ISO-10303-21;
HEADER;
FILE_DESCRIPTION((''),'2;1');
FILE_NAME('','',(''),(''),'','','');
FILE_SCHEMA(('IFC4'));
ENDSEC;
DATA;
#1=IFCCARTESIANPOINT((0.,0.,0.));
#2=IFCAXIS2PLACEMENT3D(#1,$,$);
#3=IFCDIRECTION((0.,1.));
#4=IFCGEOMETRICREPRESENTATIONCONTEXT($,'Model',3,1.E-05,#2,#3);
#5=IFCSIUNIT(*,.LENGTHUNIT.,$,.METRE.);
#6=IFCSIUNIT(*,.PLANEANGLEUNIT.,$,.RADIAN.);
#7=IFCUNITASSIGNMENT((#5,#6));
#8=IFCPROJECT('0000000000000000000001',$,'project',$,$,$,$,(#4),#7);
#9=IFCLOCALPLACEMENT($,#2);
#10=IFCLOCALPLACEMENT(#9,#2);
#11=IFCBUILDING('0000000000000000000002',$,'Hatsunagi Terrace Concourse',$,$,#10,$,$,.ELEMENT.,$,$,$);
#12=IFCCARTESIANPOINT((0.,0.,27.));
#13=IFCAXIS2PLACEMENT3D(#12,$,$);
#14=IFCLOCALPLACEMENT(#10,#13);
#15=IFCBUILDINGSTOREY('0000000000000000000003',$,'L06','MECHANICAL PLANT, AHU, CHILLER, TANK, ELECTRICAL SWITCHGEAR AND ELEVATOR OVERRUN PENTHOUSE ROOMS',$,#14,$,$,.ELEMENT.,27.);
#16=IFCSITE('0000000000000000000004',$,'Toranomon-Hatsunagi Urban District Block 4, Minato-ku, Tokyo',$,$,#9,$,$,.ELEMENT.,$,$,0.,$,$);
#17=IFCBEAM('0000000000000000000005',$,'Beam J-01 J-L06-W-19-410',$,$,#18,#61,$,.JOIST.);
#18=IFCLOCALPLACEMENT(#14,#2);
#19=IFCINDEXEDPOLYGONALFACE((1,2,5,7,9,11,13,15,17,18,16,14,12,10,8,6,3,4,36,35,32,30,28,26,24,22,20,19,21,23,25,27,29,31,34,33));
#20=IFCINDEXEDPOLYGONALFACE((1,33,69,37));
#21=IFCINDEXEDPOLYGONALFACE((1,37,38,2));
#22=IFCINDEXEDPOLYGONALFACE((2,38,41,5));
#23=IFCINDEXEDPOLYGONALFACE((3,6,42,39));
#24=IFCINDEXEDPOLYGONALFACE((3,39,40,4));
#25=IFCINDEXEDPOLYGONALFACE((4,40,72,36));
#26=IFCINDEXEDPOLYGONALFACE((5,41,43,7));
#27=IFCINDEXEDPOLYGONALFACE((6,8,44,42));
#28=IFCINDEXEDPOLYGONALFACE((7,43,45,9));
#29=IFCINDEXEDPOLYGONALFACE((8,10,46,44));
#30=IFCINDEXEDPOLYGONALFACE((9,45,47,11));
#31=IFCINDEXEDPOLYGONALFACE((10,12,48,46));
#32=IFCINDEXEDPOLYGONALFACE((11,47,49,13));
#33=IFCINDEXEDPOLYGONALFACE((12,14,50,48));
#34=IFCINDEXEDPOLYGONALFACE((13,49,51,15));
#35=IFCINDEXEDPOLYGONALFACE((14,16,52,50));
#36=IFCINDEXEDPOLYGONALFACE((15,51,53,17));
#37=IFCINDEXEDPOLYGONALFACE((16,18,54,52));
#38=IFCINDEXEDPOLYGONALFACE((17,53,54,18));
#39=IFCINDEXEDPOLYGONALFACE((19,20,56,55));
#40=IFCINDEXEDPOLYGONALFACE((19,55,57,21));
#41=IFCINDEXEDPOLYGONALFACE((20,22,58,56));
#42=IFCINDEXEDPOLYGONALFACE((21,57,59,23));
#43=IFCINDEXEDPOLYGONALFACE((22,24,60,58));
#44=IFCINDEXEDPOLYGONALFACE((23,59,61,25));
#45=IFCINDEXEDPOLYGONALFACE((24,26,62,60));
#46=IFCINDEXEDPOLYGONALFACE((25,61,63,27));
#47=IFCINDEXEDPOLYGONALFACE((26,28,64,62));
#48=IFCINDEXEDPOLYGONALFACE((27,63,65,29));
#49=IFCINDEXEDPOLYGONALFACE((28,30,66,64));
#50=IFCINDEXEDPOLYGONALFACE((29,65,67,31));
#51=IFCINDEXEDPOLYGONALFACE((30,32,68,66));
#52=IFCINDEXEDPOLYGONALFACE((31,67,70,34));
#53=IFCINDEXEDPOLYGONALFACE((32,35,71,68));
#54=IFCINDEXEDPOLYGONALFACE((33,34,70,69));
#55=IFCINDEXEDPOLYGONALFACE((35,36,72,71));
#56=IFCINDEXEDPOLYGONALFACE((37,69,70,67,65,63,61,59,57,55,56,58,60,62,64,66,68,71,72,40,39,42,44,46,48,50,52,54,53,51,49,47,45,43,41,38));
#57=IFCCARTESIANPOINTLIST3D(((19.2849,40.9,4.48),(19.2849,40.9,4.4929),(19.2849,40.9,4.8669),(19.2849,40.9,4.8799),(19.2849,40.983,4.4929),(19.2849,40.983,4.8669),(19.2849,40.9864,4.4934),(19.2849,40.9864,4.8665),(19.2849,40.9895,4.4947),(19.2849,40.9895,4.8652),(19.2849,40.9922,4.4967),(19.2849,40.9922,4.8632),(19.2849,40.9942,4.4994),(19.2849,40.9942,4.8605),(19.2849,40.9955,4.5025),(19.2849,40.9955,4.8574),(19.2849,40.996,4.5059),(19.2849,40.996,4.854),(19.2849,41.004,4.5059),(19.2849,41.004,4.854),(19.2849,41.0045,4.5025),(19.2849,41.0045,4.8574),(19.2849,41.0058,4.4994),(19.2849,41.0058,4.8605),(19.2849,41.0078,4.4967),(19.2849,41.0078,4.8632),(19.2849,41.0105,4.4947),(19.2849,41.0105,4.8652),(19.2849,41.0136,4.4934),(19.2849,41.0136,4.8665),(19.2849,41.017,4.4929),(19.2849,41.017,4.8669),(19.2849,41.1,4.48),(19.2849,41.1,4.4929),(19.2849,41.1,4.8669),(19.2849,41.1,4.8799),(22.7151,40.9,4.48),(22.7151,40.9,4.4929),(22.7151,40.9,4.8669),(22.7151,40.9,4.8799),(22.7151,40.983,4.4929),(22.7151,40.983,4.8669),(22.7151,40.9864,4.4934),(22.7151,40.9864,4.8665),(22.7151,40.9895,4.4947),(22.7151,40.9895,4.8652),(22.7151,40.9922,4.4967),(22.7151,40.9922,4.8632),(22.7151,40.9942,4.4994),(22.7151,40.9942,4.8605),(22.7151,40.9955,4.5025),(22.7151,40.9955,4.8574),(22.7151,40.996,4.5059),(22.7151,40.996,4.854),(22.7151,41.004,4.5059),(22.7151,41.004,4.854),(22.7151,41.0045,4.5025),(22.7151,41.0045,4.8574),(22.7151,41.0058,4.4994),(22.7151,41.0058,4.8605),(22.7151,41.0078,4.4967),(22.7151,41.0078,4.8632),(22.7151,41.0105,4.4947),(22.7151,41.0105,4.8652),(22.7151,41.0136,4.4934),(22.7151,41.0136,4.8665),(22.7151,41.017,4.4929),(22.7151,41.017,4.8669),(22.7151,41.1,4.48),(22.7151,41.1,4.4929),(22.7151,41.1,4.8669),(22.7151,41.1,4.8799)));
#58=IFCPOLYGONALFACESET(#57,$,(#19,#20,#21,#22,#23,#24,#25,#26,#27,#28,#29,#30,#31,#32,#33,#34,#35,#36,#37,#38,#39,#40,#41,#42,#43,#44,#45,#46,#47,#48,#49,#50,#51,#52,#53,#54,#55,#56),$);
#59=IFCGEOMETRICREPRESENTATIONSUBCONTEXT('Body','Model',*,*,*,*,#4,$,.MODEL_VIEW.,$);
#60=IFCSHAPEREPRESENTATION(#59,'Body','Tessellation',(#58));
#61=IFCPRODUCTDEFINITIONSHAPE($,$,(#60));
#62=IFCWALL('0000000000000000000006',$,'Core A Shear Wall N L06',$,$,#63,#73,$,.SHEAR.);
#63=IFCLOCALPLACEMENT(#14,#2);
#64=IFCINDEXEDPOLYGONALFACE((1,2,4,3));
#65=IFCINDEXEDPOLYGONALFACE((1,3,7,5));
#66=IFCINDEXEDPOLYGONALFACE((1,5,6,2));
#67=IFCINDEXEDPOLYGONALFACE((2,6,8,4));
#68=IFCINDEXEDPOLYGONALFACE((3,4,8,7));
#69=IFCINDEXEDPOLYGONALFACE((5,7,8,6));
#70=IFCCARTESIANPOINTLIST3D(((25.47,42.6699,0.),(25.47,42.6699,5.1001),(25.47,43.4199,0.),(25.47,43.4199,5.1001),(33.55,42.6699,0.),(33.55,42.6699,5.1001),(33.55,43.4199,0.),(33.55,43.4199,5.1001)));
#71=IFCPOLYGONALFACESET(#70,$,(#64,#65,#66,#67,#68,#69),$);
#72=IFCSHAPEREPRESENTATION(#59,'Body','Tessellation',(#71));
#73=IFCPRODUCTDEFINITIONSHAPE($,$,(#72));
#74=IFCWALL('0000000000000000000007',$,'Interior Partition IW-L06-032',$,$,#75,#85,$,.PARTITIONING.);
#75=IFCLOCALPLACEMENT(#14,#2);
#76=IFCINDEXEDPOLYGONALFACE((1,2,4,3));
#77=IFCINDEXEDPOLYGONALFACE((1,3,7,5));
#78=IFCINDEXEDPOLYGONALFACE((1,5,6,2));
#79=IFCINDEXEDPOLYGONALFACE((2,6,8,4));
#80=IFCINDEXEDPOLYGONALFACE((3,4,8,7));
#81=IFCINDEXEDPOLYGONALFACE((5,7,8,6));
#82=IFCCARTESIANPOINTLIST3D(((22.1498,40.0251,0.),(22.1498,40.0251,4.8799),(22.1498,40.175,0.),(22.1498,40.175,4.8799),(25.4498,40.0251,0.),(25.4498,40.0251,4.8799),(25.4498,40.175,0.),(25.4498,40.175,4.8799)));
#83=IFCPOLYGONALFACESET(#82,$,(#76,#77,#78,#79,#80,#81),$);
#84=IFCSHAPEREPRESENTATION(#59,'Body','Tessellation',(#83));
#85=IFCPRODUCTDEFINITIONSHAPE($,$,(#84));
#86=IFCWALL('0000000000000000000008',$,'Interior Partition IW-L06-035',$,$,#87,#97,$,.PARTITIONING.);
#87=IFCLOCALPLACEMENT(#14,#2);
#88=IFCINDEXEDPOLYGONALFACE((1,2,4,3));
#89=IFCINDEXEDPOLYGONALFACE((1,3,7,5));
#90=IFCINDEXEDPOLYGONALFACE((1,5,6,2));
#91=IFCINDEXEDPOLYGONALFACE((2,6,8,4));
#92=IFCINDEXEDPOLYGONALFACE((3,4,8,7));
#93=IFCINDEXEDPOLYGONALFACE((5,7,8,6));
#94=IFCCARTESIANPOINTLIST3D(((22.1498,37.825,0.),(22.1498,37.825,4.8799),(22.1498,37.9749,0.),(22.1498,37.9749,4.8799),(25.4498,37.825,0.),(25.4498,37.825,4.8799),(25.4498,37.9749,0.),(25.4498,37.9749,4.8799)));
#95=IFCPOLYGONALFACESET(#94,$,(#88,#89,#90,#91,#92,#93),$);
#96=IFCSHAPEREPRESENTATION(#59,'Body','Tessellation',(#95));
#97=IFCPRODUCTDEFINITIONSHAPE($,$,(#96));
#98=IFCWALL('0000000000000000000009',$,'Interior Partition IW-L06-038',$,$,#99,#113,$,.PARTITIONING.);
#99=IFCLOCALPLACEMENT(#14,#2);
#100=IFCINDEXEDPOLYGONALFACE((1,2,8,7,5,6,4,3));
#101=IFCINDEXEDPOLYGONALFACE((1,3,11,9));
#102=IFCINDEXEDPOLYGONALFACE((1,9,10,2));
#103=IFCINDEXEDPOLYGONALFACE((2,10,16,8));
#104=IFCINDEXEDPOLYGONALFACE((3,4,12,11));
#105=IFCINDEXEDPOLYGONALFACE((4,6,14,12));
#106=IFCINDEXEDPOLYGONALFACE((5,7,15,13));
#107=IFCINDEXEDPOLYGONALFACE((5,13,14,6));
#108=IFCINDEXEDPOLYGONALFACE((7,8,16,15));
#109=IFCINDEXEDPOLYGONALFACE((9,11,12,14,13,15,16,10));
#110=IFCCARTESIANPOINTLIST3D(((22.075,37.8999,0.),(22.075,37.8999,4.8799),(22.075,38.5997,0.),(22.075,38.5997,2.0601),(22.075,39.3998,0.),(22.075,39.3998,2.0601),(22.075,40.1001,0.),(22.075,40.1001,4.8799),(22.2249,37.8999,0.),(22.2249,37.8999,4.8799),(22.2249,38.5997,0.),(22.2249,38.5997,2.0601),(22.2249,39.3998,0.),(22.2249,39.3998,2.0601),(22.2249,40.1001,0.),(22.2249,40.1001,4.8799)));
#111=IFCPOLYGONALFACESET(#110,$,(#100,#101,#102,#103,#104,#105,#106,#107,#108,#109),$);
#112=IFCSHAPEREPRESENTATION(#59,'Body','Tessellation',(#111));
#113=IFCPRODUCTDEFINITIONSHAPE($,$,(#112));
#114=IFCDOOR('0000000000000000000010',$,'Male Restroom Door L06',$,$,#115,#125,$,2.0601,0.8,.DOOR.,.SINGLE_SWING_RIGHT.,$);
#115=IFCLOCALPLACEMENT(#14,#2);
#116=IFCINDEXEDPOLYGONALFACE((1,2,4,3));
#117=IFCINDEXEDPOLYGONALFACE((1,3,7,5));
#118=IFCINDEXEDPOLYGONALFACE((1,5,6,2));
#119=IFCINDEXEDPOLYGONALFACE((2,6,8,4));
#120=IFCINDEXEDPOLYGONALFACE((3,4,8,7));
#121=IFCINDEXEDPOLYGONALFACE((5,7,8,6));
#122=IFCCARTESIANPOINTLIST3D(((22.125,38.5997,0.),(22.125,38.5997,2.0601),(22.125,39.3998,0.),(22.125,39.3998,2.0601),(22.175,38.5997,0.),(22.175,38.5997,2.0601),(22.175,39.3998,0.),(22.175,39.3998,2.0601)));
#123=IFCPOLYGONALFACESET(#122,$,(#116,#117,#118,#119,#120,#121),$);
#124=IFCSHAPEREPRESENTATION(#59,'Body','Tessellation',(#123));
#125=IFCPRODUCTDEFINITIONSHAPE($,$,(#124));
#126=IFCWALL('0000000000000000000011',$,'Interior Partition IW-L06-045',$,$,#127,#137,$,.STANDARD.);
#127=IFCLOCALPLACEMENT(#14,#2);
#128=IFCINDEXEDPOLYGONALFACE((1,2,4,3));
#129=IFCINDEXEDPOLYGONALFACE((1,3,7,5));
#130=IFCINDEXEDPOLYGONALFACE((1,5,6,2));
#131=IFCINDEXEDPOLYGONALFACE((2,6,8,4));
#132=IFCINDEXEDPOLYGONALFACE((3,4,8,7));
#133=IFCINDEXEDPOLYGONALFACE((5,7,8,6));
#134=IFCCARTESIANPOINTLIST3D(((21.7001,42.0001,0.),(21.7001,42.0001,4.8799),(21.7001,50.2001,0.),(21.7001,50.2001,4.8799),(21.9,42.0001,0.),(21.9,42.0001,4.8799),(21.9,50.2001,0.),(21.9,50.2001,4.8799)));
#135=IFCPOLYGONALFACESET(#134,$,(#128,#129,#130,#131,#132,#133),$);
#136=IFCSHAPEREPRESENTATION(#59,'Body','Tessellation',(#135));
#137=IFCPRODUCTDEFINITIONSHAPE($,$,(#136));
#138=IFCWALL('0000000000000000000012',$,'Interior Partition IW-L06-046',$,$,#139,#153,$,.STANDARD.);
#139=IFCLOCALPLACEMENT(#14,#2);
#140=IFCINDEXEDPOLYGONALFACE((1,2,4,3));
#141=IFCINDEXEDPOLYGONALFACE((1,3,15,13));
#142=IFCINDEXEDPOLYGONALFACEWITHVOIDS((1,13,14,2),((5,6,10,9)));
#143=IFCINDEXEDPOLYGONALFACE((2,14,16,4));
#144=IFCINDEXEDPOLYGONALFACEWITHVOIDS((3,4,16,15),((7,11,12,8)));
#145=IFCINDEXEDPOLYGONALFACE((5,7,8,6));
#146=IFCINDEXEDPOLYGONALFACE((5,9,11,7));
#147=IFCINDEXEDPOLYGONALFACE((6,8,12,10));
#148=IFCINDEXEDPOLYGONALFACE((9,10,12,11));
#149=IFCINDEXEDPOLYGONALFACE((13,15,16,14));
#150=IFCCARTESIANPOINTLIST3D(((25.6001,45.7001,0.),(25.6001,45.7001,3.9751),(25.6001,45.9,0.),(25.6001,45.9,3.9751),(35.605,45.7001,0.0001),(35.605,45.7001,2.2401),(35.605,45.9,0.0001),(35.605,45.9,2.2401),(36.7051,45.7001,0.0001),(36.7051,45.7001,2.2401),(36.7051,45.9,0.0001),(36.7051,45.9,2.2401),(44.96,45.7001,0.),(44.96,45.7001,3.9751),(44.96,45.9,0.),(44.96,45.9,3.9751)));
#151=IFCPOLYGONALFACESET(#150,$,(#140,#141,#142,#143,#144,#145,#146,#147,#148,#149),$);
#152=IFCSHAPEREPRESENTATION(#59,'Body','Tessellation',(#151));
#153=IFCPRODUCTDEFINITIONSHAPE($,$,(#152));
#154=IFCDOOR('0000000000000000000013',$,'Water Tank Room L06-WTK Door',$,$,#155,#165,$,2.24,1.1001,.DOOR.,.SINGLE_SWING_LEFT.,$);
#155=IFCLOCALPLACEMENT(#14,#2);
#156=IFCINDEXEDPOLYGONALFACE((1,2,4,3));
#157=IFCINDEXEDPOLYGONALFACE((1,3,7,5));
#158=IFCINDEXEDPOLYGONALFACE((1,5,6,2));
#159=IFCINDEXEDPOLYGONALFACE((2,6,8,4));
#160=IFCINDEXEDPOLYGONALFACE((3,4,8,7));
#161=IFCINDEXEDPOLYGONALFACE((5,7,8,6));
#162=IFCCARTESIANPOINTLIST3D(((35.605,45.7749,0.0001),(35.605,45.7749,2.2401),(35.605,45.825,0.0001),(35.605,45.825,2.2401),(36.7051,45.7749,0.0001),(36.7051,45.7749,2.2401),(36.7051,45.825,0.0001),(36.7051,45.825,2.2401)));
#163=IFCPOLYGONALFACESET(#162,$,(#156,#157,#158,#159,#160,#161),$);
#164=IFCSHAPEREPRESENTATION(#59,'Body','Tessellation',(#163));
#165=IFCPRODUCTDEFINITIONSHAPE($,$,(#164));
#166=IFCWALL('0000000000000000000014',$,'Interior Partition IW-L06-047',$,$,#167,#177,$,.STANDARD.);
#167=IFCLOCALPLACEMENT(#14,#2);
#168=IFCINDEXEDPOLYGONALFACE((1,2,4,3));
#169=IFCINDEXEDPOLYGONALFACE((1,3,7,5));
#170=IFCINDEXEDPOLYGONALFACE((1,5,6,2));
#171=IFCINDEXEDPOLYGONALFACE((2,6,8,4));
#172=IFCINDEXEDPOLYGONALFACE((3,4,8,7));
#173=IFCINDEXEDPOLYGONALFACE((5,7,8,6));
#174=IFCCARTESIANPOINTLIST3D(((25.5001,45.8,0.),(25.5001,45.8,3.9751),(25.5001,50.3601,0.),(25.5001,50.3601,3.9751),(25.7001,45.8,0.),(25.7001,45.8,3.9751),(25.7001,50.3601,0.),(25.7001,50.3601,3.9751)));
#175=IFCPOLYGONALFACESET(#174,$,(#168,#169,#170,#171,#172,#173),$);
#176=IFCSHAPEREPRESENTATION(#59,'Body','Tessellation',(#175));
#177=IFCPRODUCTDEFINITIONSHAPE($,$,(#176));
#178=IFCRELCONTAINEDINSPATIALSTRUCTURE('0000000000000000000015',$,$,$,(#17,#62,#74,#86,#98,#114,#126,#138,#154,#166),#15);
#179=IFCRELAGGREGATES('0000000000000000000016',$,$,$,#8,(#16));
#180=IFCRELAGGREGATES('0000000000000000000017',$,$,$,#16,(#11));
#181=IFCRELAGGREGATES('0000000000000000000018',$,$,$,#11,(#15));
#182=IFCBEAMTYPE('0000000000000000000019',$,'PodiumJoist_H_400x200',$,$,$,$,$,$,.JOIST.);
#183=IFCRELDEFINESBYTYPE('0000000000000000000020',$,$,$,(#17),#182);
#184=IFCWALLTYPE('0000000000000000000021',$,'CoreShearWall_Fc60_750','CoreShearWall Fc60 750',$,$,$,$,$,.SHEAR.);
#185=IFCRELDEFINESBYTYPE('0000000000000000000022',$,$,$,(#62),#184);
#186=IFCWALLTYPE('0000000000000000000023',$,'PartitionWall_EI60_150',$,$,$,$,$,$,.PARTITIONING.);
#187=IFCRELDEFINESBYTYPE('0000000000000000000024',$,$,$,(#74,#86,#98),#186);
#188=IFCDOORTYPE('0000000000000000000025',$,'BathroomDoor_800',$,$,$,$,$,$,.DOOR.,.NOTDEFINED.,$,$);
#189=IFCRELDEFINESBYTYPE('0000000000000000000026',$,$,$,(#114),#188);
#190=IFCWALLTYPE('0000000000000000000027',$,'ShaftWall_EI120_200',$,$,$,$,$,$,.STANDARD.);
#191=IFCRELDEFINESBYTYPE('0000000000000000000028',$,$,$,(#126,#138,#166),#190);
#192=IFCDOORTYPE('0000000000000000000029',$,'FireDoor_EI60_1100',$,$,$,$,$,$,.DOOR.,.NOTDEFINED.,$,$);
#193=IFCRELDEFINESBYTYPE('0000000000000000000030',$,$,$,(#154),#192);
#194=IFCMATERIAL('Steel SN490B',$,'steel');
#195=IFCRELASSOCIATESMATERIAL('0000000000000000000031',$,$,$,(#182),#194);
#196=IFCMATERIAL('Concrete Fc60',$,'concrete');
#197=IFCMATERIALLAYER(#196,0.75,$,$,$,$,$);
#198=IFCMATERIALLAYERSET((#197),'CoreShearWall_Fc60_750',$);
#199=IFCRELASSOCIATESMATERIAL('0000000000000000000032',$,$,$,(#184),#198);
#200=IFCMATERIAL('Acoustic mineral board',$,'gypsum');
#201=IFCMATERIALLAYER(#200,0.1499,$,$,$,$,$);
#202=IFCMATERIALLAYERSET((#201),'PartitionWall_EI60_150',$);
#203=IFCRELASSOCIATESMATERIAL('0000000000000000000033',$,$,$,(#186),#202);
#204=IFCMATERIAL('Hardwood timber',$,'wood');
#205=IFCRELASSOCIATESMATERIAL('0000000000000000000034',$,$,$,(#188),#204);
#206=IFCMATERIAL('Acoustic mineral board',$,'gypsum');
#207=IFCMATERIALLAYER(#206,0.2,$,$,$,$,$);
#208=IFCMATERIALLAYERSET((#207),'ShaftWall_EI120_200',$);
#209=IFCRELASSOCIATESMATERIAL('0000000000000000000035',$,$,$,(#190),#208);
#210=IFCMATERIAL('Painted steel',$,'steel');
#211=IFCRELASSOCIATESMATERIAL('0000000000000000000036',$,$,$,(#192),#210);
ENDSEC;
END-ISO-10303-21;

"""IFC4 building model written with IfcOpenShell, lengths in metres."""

from ifc_helpers import new_model, si_unit, direction, frame, frame_2d, origin, origin_2d, place, context, subcontext, project, spatial, rectangle, i_section, extrude, material, layer, layer_set, material_profile, profile_set, type_object, element, fill, save


model = new_model("IFC4")

# Units and contexts
model_context = context("Model", 3, precision=1e-05, world=origin(), true_north=direction((0.0, 1.0)))
body_context = subcontext(model_context, "Body", "Model", "MODEL_VIEW")
ifc_project = project(units=[si_unit("LENGTHUNIT", "METRE"), si_unit("PLANEANGLEUNIT", "RADIAN")], contexts=[model_context])

# Site, building, storey
site_placement = place(None, origin())
site = spatial("IfcSite", under=ifc_project, at=site_placement, Name="Toranomon-Hatsunagi Urban District Block 4, Minato-ku, Tokyo", CompositionType="ELEMENT", RefElevation=0.0)
building_placement = place(site_placement, origin())
building = spatial("IfcBuilding", under=site, at=building_placement, Name="Hatsunagi Terrace Concourse", CompositionType="ELEMENT")
storey_placement = place(building_placement, frame((0.0, 0.0, 27.0)))
storey = spatial("IfcBuildingStorey", under=building, at=storey_placement, Name="L06", Description="MECHANICAL PLANT, AHU, CHILLER, TANK, ELECTRICAL SWITCHGEAR AND ELEVATOR OVERRUN PENTHOUSE ROOMS", CompositionType="ELEMENT", Elevation=27.0)

# Beam
ifc_material_1 = material(Name="Steel SN490B", Category="steel")
ifc_material_profile_1 = material_profile(ifc_material_1, i_section(OverallWidth=0.2, OverallDepth=0.3999, WebThickness=0.0081, FlangeThickness=0.0129, FilletRadius=0.0129, at=origin_2d()), Name="H-400x200x8x13")
ifc_profile_set_1 = profile_set([ifc_material_profile_1], Name="Steel SN490B")
beam_type_1 = type_object("IfcBeamType", Name="PodiumJoist_H_400x200", PredefinedType="JOIST", material=ifc_profile_set_1)
for number, where, z_axis, x_axis, name in (
    (1, (19.2849, 41.0, 4.6799), (1.0, 0.0, 0.0), (0.0, 1.0, 0.0), "Beam J-01 J-L06-W-19-410"),
):
    element("IfcBeam", number, at=place(storey_placement, frame(where, z_axis=z_axis, x_axis=x_axis)), inside=storey, type_object=beam_type_1, Name=name, PredefinedType="JOIST", context=body_context, shape_type="SweptSolid", body=[
        extrude(i_section(OverallWidth=0.2, OverallDepth=0.3999, WebThickness=0.0081, FlangeThickness=0.0129, FilletRadius=0.0129, at=origin_2d()), origin(), (0.0, 0.0, 1.0), 3.4302),
    ])

# Walls
ifc_material_2 = material(Name="Concrete Fc60", Category="concrete")
ifc_layer_1 = layer(ifc_material_2, 0.75)
ifc_layer_set_1 = layer_set([ifc_layer_1], Name="CoreShearWall_Fc60_750")
wall_type_1 = type_object("IfcWallType", Name="CoreShearWall_Fc60_750", Description="CoreShearWall Fc60 750", PredefinedType="SHEAR", material=ifc_layer_set_1)
wall_1_placement = place(storey_placement, frame((25.47, 43.0449, 0.0), z_axis=(0.0, 0.0, 1.0), x_axis=(1.0, 0.0, 0.0)))
element("IfcWall", 2, at=wall_1_placement, inside=storey, type_object=wall_type_1, Name="Core A Shear Wall N L06", PredefinedType="SHEAR", context=body_context, shape_type="SweptSolid", body=[
    extrude(rectangle(XDim=8.0801, YDim=0.75, at=frame_2d((4.04, 0.0))), origin(), (0.0, 0.0, 1.0), 5.1001),
])
ifc_material_3 = material(Name="Acoustic mineral board", Category="gypsum")
ifc_layer_2 = layer(ifc_material_3, 0.1499)
ifc_layer_set_2 = layer_set([ifc_layer_2], Name="PartitionWall_EI60_150")
wall_type_2 = type_object("IfcWallType", Name="PartitionWall_EI60_150", PredefinedType="PARTITIONING", material=ifc_layer_set_2)
for number, where, z_axis, x_axis, name in (
    (3, (22.1499, 40.1001, 0.0), (0.0, 0.0, 1.0), (1.0, 0.0, 0.0), "Interior Partition IW-L06-032"),
    (4, (22.1499, 37.8999, 0.0), (0.0, 0.0, 1.0), (1.0, 0.0, 0.0), "Interior Partition IW-L06-035"),
):
    element("IfcWall", number, at=place(storey_placement, frame(where, z_axis=z_axis, x_axis=x_axis)), inside=storey, type_object=wall_type_2, Name=name, PredefinedType="PARTITIONING", context=body_context, shape_type="SweptSolid", body=[
        extrude(rectangle(XDim=3.3, YDim=0.1499, at=frame_2d((1.6499, 0.0))), origin(), (0.0, 0.0, 1.0), 4.8799),
    ])

# Wall, opening, door
wall_2_placement = place(storey_placement, frame((22.1499, 37.8999, 0.0), z_axis=(0.0, 0.0, 1.0), x_axis=(0.0, 1.0, 0.0)))
wall_2 = element("IfcWall", 5, at=wall_2_placement, inside=storey, type_object=wall_type_2, Name="Interior Partition IW-L06-038", PredefinedType="PARTITIONING", context=body_context, shape_type="SweptSolid", body=[
    extrude(rectangle(XDim=2.2002, YDim=0.1499, at=frame_2d((1.1001, 0.0))), origin(), (0.0, 0.0, 1.0), 4.8799),
])
opening_1_placement = place(wall_2_placement, frame((0.7, 0.0, 0.0)))
opening_1 = element("IfcOpeningElement", 6, at=opening_1_placement, cuts=wall_2, PredefinedType="OPENING", context=body_context, shape_type="SweptSolid", body=[
    extrude(rectangle(XDim=0.8, YDim=2.0601, at=frame_2d((0.3999, 1.03))), frame((0.0, 0.085, 0.0), z_axis=(0.0, -1.0, 0.0), x_axis=(1.0, 0.0, 0.0)), (0.0, 0.0, 1.0), 0.1699),
])
ifc_material_4 = material(Name="Hardwood timber", Category="wood")
door_type_1 = type_object("IfcDoorType", Name="BathroomDoor_800", OperationType="NOTDEFINED", PredefinedType="DOOR", material=ifc_material_4)
door_1_placement = place(opening_1_placement, origin())
door_1 = element("IfcDoor", 7, at=door_1_placement, inside=storey, type_object=door_type_1, Name="Male Restroom Door L06", OperationType="SINGLE_SWING_RIGHT", OverallHeight=2.0601, OverallWidth=0.8, PredefinedType="DOOR", context=body_context, shape_type="SweptSolid", body=[
    extrude(rectangle(XDim=0.8, YDim=2.0601, at=frame_2d((0.3999, 1.03))), frame((0.0, 0.0249, 0.0), z_axis=(0.0, -1.0, 0.0), x_axis=(1.0, 0.0, 0.0)), (0.0, 0.0, 1.0), 0.05),
])
fill(opening_1, door_1)

# Wall
ifc_material_5 = material(Name="Acoustic mineral board", Category="gypsum")
ifc_layer_3 = layer(ifc_material_5, 0.2)
ifc_layer_set_3 = layer_set([ifc_layer_3], Name="ShaftWall_EI120_200")
wall_type_3 = type_object("IfcWallType", Name="ShaftWall_EI120_200", PredefinedType="STANDARD", material=ifc_layer_set_3)
wall_3_placement = place(storey_placement, frame((21.8, 42.0, 0.0), z_axis=(0.0, 0.0, 1.0), x_axis=(0.0, 1.0, 0.0)))
element("IfcWall", 8, at=wall_3_placement, inside=storey, type_object=wall_type_3, Name="Interior Partition IW-L06-045", PredefinedType="STANDARD", context=body_context, shape_type="SweptSolid", body=[
    extrude(rectangle(XDim=8.2, YDim=0.2, at=frame_2d((4.1001, 0.0))), origin(), (0.0, 0.0, 1.0), 4.8799),
])

# Wall, opening, door
wall_4_placement = place(storey_placement, frame((25.6001, 45.8, 0.0), z_axis=(0.0, 0.0, 1.0), x_axis=(1.0, 0.0, 0.0)))
wall_4 = element("IfcWall", 9, at=wall_4_placement, inside=storey, type_object=wall_type_3, Name="Interior Partition IW-L06-046", PredefinedType="STANDARD", context=body_context, shape_type="SweptSolid", body=[
    extrude(rectangle(XDim=19.3599, YDim=0.2, at=frame_2d((9.6799, 0.0))), origin(), (0.0, 0.0, 1.0), 3.9751),
])
opening_2_placement = place(wall_4_placement, frame((10.0049, 0.0, 0.0)))
opening_2 = element("IfcOpeningElement", 10, at=opening_2_placement, cuts=wall_4, PredefinedType="OPENING", context=body_context, shape_type="SweptSolid", body=[
    extrude(rectangle(XDim=1.1001, YDim=2.24, at=frame_2d((0.55, 1.1201))), frame((0.0, 0.1099, 0.0), z_axis=(0.0, -1.0, 0.0), x_axis=(1.0, 0.0, 0.0)), (0.0, 0.0, 1.0), 0.22),
])
ifc_material_6 = material(Name="Painted steel", Category="steel")
door_type_2 = type_object("IfcDoorType", Name="FireDoor_EI60_1100", OperationType="NOTDEFINED", PredefinedType="DOOR", material=ifc_material_6)
door_2_placement = place(opening_2_placement, origin())
door_2 = element("IfcDoor", 11, at=door_2_placement, inside=storey, type_object=door_type_2, Name="Water Tank Room L06-WTK Door", OperationType="SINGLE_SWING_LEFT", OverallHeight=2.24, OverallWidth=1.1001, PredefinedType="DOOR", context=body_context, shape_type="SweptSolid", body=[
    extrude(rectangle(XDim=1.1001, YDim=2.24, at=frame_2d((0.55, 1.1201))), frame((0.0, 0.0249, 0.0), z_axis=(0.0, -1.0, 0.0), x_axis=(1.0, 0.0, 0.0)), (0.0, 0.0, 1.0), 0.05),
])
fill(opening_2, door_2)

# Wall
wall_5_placement = place(storey_placement, frame((25.6001, 45.8, 0.0), z_axis=(0.0, 0.0, 1.0), x_axis=(0.0, 1.0, 0.0)))
element("IfcWall", 12, at=wall_5_placement, inside=storey, type_object=wall_type_3, Name="Interior Partition IW-L06-047", PredefinedType="STANDARD", context=body_context, shape_type="SweptSolid", body=[
    extrude(rectangle(XDim=4.5601, YDim=0.2, at=frame_2d((2.28, 0.0))), origin(), (0.0, 0.0, 1.0), 3.9751),
])

save(model, "model.ifc")
